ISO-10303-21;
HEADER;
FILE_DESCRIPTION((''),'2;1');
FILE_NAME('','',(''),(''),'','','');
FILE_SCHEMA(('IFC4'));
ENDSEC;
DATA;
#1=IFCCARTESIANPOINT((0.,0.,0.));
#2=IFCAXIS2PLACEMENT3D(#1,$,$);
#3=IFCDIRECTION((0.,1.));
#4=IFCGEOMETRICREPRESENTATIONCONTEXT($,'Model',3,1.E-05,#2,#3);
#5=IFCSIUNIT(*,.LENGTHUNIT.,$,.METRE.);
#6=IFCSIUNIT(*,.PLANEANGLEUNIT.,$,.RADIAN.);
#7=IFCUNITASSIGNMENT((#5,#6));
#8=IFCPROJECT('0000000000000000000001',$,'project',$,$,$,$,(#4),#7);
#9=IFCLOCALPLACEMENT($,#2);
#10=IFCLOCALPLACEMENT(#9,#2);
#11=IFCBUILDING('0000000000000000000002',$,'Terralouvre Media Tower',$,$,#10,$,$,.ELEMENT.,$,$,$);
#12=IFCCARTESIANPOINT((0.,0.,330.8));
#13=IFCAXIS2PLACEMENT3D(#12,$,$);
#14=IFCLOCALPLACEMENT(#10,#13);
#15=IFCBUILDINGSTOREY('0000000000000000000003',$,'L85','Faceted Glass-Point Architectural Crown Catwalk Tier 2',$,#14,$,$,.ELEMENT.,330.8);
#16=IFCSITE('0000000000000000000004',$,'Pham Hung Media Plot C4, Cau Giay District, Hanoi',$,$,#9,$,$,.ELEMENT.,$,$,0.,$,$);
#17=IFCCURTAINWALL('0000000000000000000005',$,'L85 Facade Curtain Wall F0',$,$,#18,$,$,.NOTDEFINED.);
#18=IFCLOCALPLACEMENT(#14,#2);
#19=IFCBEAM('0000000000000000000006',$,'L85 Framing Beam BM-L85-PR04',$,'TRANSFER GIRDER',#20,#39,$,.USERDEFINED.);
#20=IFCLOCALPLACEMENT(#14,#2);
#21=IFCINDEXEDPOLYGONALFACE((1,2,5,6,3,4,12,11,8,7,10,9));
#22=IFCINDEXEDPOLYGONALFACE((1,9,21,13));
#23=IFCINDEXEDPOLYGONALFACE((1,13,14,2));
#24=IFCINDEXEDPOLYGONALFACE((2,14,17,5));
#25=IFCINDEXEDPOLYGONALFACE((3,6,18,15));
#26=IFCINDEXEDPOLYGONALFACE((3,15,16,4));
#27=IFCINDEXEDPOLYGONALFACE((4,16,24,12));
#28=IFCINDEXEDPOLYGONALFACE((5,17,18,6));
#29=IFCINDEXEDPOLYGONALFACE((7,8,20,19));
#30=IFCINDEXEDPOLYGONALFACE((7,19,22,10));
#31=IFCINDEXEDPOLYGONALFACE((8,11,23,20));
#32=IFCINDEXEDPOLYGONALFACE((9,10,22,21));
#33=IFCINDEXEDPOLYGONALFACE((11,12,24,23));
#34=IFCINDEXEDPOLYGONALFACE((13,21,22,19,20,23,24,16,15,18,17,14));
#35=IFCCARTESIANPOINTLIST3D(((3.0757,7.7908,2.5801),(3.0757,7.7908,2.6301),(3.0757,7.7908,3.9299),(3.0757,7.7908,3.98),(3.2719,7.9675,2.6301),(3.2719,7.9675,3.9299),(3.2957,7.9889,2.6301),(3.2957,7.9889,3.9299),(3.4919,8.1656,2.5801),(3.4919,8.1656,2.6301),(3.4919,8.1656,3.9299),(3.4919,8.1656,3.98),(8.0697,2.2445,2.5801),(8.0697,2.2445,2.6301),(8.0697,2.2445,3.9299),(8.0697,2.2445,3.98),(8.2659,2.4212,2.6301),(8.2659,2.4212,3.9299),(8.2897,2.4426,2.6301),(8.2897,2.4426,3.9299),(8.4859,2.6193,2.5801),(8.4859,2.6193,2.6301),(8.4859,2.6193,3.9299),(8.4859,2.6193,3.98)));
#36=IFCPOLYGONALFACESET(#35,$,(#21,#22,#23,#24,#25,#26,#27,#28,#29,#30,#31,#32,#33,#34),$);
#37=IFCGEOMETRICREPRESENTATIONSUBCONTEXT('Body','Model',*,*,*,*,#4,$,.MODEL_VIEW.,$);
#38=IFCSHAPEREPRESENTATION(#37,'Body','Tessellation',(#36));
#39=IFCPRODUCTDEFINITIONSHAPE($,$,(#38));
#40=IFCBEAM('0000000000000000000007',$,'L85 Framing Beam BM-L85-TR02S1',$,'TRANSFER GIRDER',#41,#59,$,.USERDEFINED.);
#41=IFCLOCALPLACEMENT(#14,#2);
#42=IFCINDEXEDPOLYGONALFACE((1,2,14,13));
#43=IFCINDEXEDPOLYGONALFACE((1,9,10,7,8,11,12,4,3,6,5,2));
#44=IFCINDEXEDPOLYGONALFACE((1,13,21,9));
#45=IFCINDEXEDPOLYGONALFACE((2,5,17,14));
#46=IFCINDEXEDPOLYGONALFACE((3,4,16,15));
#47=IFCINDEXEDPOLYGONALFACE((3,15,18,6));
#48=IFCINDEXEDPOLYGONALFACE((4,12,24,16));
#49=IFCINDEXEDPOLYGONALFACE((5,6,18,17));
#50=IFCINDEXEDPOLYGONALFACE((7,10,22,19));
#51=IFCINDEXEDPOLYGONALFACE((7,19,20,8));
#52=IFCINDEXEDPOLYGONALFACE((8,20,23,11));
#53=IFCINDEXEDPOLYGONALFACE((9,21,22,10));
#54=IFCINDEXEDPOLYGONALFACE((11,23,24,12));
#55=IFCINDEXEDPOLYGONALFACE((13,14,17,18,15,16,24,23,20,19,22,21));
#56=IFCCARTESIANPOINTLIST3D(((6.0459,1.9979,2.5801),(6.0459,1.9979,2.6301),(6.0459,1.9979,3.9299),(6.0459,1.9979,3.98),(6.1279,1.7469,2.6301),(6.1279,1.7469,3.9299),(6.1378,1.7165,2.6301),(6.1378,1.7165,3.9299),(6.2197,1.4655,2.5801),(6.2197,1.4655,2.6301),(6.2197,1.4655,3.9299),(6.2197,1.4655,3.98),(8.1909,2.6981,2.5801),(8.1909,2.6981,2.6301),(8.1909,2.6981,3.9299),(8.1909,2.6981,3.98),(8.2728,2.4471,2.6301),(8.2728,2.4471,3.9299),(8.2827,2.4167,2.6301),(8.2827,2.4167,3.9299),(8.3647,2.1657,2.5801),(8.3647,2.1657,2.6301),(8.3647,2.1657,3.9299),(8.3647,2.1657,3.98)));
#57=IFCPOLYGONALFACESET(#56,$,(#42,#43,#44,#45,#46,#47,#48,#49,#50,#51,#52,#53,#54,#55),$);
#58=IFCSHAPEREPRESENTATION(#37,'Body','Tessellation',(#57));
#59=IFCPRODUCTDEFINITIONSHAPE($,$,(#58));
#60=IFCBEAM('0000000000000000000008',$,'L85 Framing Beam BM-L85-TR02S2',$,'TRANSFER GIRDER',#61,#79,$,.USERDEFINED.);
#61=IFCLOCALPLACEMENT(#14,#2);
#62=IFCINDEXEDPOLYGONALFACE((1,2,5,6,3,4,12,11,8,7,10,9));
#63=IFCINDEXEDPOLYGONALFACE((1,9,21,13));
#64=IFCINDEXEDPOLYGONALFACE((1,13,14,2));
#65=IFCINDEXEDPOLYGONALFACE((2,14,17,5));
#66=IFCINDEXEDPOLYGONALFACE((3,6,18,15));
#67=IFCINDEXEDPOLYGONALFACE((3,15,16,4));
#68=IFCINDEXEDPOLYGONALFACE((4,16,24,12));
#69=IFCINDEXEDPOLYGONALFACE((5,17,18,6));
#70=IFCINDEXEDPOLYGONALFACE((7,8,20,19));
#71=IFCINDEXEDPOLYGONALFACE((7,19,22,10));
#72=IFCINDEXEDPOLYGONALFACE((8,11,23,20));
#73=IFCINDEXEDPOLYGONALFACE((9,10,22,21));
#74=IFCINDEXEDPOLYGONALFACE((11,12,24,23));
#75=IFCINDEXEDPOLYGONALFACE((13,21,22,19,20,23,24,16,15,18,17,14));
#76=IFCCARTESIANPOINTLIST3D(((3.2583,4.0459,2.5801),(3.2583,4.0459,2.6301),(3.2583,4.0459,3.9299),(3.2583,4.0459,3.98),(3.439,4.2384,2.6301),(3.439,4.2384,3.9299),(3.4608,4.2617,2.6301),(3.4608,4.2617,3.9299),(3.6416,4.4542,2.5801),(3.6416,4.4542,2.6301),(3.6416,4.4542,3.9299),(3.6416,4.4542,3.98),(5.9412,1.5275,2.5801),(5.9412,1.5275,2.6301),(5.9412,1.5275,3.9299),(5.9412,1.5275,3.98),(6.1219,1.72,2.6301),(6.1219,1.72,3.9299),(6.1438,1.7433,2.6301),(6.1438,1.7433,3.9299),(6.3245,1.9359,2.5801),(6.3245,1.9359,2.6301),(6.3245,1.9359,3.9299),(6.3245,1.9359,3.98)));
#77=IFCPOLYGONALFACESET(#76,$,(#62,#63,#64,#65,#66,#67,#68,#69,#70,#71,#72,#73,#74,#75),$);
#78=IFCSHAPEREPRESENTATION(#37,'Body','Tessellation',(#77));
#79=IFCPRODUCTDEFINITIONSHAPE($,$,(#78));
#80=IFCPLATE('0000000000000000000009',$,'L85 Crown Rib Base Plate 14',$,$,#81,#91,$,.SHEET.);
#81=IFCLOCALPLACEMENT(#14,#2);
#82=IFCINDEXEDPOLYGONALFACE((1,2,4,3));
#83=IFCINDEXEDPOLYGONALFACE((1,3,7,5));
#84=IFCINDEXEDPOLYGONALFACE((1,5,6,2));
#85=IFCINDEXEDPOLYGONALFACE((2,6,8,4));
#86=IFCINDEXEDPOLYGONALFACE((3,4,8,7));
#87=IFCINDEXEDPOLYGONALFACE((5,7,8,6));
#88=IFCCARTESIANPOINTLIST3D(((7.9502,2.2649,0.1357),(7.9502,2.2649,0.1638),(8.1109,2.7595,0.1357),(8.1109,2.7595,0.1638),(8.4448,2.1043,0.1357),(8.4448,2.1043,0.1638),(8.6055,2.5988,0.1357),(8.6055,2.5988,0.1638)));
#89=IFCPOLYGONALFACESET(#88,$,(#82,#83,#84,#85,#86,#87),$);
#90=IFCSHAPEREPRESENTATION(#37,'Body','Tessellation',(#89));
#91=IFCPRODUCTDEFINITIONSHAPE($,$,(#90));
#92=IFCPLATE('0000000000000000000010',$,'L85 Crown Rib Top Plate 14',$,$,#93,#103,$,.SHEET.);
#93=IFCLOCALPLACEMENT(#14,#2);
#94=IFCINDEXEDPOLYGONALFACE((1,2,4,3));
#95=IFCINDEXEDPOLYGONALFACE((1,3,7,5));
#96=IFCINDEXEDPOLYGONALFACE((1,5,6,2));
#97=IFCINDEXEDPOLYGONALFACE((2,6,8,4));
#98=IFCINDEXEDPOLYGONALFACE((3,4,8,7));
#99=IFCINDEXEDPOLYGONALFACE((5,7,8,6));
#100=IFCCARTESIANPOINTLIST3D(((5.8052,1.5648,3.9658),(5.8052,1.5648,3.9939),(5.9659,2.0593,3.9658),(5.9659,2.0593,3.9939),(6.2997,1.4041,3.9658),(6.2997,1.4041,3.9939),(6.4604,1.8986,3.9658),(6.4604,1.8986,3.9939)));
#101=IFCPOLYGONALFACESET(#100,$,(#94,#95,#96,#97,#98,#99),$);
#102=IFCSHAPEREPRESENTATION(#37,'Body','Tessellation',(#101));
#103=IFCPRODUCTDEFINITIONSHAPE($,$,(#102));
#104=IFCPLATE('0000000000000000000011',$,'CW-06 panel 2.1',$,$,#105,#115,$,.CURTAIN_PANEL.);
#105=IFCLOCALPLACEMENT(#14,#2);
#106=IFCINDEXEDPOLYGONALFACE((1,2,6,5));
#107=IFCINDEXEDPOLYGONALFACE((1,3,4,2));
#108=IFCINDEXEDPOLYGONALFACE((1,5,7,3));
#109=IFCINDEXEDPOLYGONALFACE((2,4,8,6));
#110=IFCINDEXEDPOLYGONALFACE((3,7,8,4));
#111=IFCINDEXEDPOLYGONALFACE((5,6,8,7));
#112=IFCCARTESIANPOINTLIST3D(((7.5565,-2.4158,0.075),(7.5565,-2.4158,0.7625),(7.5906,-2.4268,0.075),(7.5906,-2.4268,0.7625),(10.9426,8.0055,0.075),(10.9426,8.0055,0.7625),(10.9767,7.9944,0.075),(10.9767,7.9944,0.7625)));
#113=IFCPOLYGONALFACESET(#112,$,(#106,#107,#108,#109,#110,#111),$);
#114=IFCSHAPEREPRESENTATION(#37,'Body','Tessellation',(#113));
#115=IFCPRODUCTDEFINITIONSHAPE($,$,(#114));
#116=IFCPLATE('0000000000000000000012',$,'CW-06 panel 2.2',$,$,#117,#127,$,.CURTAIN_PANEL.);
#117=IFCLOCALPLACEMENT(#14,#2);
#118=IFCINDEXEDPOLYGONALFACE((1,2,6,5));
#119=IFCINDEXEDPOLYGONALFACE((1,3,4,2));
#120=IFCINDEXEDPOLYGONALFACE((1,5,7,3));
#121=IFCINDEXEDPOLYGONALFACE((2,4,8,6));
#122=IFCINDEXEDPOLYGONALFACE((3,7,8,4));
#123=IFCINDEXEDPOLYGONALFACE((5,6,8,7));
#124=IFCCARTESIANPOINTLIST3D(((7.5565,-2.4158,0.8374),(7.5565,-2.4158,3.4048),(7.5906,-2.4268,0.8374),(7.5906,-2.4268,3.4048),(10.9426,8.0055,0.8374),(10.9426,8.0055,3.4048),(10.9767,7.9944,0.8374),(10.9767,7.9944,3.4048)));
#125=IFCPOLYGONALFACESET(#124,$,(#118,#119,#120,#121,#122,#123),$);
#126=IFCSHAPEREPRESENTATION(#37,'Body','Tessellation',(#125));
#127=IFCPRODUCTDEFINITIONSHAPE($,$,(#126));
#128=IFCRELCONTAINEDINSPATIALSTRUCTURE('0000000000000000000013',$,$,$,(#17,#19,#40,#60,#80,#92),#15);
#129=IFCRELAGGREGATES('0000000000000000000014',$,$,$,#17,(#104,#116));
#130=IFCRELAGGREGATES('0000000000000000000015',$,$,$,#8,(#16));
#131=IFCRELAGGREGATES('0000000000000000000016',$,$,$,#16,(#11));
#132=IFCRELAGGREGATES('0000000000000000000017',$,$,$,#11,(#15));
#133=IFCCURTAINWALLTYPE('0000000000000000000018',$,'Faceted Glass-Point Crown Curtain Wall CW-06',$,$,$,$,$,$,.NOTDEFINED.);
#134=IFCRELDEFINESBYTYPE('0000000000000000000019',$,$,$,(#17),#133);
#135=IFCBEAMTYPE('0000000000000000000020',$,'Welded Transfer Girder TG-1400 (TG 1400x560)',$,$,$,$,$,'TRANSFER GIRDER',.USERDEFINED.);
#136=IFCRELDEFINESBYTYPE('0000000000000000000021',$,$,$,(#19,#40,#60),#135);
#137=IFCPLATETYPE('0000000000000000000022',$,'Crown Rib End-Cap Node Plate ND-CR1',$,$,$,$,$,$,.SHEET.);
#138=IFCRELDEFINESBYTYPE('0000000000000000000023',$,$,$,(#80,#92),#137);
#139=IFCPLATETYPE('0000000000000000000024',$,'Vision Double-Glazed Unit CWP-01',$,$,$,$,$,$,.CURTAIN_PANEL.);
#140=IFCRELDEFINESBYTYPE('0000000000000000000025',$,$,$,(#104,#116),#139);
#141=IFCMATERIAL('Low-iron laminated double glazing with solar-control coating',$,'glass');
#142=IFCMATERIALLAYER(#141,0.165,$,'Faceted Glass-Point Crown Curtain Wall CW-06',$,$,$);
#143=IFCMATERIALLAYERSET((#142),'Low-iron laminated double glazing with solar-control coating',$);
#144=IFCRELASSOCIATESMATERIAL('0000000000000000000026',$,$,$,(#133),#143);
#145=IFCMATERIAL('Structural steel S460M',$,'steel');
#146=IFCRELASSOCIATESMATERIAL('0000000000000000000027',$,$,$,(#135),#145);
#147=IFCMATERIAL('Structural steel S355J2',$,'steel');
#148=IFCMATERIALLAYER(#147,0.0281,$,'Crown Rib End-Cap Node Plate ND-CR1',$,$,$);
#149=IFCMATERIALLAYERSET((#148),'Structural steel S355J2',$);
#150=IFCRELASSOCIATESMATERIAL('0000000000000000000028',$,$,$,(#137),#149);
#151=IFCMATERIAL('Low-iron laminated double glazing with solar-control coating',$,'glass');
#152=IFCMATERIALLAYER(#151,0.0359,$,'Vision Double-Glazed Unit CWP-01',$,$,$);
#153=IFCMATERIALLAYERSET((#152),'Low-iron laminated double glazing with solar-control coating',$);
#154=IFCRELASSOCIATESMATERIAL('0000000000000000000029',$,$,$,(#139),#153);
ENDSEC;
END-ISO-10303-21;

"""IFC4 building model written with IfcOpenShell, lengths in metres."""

from ifc_helpers import new_model, si_unit, direction, frame, origin, origin_2d, place, context, subcontext, project, spatial, rectangle, i_section, extrude, material, layer, layer_set, material_profile, profile_set, type_object, element, aggregate, save


model = new_model("IFC4")

# Units and contexts
model_context = context("Model", 3, precision=1e-05, world=origin(), true_north=direction((0.0, 1.0)))
body_context = subcontext(model_context, "Body", "Model", "MODEL_VIEW")
ifc_project = project(units=[si_unit("LENGTHUNIT", "METRE"), si_unit("PLANEANGLEUNIT", "RADIAN")], contexts=[model_context])

# Site, building, storey
site_placement = place(None, origin())
site = spatial("IfcSite", under=ifc_project, at=site_placement, Name="Pham Hung Media Plot C4, Cau Giay District, Hanoi", CompositionType="ELEMENT", RefElevation=0.0)
building_placement = place(site_placement, origin())
building = spatial("IfcBuilding", under=site, at=building_placement, Name="Terralouvre Media Tower", CompositionType="ELEMENT")
storey_placement = place(building_placement, frame((0.0, 0.0, 330.8)))
storey = spatial("IfcBuildingStorey", under=building, at=storey_placement, Name="L85", Description="Faceted Glass-Point Architectural Crown Catwalk Tier 2", CompositionType="ELEMENT", Elevation=330.8)

# Shared definitions
ifc_material_1 = material(Name="Low-iron laminated double glazing with solar-control coating", Category="glass")
ifc_layer_1 = layer(ifc_material_1, 0.165, Name="Faceted Glass-Point Crown Curtain Wall CW-06")
ifc_layer_set_1 = layer_set([ifc_layer_1], Name="Low-iron laminated double glazing with solar-control coating")
curtain_wall_type = type_object("IfcCurtainWallType", Name="Faceted Glass-Point Crown Curtain Wall CW-06", PredefinedType="NOTDEFINED", material=ifc_layer_set_1)

# Curtain wall
curtain_wall_1_placement = place(storey_placement, origin())
curtain_wall_1 = element("IfcCurtainWall", 1, at=curtain_wall_1_placement, inside=storey, type_object=curtain_wall_type, Name="L85 Facade Curtain Wall F0", PredefinedType="NOTDEFINED")

# Beams
ifc_material_2 = material(Name="Structural steel S460M", Category="steel")
ifc_material_profile_1 = material_profile(ifc_material_2, i_section(OverallWidth=0.5601, OverallDepth=1.3999, WebThickness=0.032, FlangeThickness=0.05, at=origin_2d()), Name="TG 1400x560")
ifc_profile_set_1 = profile_set([ifc_material_profile_1], Name="Structural steel S460M")
beam_type = type_object("IfcBeamType", Name="Welded Transfer Girder TG-1400 (TG 1400x560)", ElementType="TRANSFER GIRDER", PredefinedType="USERDEFINED", material=ifc_profile_set_1)
beam_1_placement = place(storey_placement, frame((8.2778, 2.4319, 3.28), z_axis=(-0.669142, 0.743135, 0.0), x_axis=(-0.743135, -0.669142, 0.0)))
element("IfcBeam", 2, at=beam_1_placement, inside=storey, type_object=beam_type, Name="L85 Framing Beam BM-L85-PR04", ObjectType="TRANSFER GIRDER", PredefinedType="USERDEFINED", context=body_context, shape_type="SweptSolid", body=[
    extrude(i_section(OverallWidth=0.5601, OverallDepth=1.3999, WebThickness=0.032, FlangeThickness=0.05, at=origin_2d()), origin(), (0.0, 0.0, 1.0), 7.4634),
])
beam_2_placement = place(storey_placement, frame((6.1328, 1.7317, 3.28), z_axis=(0.950634, 0.310314, 0.0), x_axis=(-0.310314, 0.950634, 0.0)))
element("IfcBeam", 3, at=beam_2_placement, inside=storey, type_object=beam_type, Name="L85 Framing Beam BM-L85-TR02S1", ObjectType="TRANSFER GIRDER", PredefinedType="USERDEFINED", context=body_context, shape_type="SweptSolid", body=[
    extrude(i_section(OverallWidth=0.5601, OverallDepth=1.3999, WebThickness=0.032, FlangeThickness=0.05, at=origin_2d()), origin(), (0.0, 0.0, 1.0), 2.2563),
])
beam_3_placement = place(storey_placement, frame((6.1328, 1.7317, 3.28), z_axis=(-0.729113, 0.684393, 0.0), x_axis=(-0.684393, -0.729113, 0.0)))
element("IfcBeam", 4, at=beam_3_placement, inside=storey, type_object=beam_type, Name="L85 Framing Beam BM-L85-TR02S2", ObjectType="TRANSFER GIRDER", PredefinedType="USERDEFINED", context=body_context, shape_type="SweptSolid", body=[
    extrude(i_section(OverallWidth=0.5601, OverallDepth=1.3999, WebThickness=0.032, FlangeThickness=0.05, at=origin_2d()), origin(), (0.0, 0.0, 1.0), 3.6797),
])

# Plates
ifc_material_3 = material(Name="Structural steel S355J2", Category="steel")
ifc_layer_2 = layer(ifc_material_3, 0.0281, Name="Crown Rib End-Cap Node Plate ND-CR1")
ifc_layer_set_2 = layer_set([ifc_layer_2], Name="Structural steel S355J2")
plate_type_1 = type_object("IfcPlateType", Name="Crown Rib End-Cap Node Plate ND-CR1", PredefinedType="SHEET", material=ifc_layer_set_2)
for number, where, z_axis, x_axis, name in (
    (5, (8.2778, 2.4319, 0.1357), (0.0, 0.0, 1.0), (0.309017, 0.951057, 0.0), "L85 Crown Rib Base Plate 14"),
    (6, (6.1328, 1.7317, 3.9658), (0.0, 0.0, 1.0), (0.309017, 0.951057, 0.0), "L85 Crown Rib Top Plate 14"),
):
    element("IfcPlate", number, at=place(storey_placement, frame(where, z_axis=z_axis, x_axis=x_axis)), inside=storey, type_object=plate_type_1, Name=name, PredefinedType="SHEET", context=body_context, shape_type="SweptSolid", body=[
        extrude(rectangle(XDim=0.52, YDim=0.52, at=origin_2d()), origin(), (0.0, 0.0, 1.0), 0.0281),
    ])

# Plates
ifc_material_4 = material(Name="Low-iron laminated double glazing with solar-control coating", Category="glass")
ifc_layer_3 = layer(ifc_material_4, 0.0359, Name="Vision Double-Glazed Unit CWP-01")
ifc_layer_set_3 = layer_set([ifc_layer_3], Name="Low-iron laminated double glazing with solar-control coating")
plate_type_2 = type_object("IfcPlateType", Name="Vision Double-Glazed Unit CWP-01", PredefinedType="CURTAIN_PANEL", material=ifc_layer_set_3)
plate_1_placement = place(storey_placement, frame((9.2666, 2.7893, 0.075), z_axis=(0.0, 0.0, 1.0), x_axis=(0.309017, 0.951057, 0.0)))
plate_1 = element("IfcPlate", 7, at=plate_1_placement, type_object=plate_type_2, Name="CW-06 panel 2.1", PredefinedType="CURTAIN_PANEL", context=body_context, shape_type="SweptSolid", body=[
    extrude(rectangle(XDim=10.9575, YDim=0.0359, at=origin_2d()), origin(), (0.0, 0.0, 1.0), 0.6875),
])
plate_2_placement = place(storey_placement, frame((9.2666, 2.7893, 0.8374), z_axis=(0.0, 0.0, 1.0), x_axis=(0.309017, 0.951057, 0.0)))
plate_2 = element("IfcPlate", 8, at=plate_2_placement, type_object=plate_type_2, Name="CW-06 panel 2.2", PredefinedType="CURTAIN_PANEL", context=body_context, shape_type="SweptSolid", body=[
    extrude(rectangle(XDim=10.9575, YDim=0.0359, at=origin_2d()), origin(), (0.0, 0.0, 1.0), 2.5674),
])
aggregate(curtain_wall_1, [plate_1, plate_2])

save(model, "model.ifc")
